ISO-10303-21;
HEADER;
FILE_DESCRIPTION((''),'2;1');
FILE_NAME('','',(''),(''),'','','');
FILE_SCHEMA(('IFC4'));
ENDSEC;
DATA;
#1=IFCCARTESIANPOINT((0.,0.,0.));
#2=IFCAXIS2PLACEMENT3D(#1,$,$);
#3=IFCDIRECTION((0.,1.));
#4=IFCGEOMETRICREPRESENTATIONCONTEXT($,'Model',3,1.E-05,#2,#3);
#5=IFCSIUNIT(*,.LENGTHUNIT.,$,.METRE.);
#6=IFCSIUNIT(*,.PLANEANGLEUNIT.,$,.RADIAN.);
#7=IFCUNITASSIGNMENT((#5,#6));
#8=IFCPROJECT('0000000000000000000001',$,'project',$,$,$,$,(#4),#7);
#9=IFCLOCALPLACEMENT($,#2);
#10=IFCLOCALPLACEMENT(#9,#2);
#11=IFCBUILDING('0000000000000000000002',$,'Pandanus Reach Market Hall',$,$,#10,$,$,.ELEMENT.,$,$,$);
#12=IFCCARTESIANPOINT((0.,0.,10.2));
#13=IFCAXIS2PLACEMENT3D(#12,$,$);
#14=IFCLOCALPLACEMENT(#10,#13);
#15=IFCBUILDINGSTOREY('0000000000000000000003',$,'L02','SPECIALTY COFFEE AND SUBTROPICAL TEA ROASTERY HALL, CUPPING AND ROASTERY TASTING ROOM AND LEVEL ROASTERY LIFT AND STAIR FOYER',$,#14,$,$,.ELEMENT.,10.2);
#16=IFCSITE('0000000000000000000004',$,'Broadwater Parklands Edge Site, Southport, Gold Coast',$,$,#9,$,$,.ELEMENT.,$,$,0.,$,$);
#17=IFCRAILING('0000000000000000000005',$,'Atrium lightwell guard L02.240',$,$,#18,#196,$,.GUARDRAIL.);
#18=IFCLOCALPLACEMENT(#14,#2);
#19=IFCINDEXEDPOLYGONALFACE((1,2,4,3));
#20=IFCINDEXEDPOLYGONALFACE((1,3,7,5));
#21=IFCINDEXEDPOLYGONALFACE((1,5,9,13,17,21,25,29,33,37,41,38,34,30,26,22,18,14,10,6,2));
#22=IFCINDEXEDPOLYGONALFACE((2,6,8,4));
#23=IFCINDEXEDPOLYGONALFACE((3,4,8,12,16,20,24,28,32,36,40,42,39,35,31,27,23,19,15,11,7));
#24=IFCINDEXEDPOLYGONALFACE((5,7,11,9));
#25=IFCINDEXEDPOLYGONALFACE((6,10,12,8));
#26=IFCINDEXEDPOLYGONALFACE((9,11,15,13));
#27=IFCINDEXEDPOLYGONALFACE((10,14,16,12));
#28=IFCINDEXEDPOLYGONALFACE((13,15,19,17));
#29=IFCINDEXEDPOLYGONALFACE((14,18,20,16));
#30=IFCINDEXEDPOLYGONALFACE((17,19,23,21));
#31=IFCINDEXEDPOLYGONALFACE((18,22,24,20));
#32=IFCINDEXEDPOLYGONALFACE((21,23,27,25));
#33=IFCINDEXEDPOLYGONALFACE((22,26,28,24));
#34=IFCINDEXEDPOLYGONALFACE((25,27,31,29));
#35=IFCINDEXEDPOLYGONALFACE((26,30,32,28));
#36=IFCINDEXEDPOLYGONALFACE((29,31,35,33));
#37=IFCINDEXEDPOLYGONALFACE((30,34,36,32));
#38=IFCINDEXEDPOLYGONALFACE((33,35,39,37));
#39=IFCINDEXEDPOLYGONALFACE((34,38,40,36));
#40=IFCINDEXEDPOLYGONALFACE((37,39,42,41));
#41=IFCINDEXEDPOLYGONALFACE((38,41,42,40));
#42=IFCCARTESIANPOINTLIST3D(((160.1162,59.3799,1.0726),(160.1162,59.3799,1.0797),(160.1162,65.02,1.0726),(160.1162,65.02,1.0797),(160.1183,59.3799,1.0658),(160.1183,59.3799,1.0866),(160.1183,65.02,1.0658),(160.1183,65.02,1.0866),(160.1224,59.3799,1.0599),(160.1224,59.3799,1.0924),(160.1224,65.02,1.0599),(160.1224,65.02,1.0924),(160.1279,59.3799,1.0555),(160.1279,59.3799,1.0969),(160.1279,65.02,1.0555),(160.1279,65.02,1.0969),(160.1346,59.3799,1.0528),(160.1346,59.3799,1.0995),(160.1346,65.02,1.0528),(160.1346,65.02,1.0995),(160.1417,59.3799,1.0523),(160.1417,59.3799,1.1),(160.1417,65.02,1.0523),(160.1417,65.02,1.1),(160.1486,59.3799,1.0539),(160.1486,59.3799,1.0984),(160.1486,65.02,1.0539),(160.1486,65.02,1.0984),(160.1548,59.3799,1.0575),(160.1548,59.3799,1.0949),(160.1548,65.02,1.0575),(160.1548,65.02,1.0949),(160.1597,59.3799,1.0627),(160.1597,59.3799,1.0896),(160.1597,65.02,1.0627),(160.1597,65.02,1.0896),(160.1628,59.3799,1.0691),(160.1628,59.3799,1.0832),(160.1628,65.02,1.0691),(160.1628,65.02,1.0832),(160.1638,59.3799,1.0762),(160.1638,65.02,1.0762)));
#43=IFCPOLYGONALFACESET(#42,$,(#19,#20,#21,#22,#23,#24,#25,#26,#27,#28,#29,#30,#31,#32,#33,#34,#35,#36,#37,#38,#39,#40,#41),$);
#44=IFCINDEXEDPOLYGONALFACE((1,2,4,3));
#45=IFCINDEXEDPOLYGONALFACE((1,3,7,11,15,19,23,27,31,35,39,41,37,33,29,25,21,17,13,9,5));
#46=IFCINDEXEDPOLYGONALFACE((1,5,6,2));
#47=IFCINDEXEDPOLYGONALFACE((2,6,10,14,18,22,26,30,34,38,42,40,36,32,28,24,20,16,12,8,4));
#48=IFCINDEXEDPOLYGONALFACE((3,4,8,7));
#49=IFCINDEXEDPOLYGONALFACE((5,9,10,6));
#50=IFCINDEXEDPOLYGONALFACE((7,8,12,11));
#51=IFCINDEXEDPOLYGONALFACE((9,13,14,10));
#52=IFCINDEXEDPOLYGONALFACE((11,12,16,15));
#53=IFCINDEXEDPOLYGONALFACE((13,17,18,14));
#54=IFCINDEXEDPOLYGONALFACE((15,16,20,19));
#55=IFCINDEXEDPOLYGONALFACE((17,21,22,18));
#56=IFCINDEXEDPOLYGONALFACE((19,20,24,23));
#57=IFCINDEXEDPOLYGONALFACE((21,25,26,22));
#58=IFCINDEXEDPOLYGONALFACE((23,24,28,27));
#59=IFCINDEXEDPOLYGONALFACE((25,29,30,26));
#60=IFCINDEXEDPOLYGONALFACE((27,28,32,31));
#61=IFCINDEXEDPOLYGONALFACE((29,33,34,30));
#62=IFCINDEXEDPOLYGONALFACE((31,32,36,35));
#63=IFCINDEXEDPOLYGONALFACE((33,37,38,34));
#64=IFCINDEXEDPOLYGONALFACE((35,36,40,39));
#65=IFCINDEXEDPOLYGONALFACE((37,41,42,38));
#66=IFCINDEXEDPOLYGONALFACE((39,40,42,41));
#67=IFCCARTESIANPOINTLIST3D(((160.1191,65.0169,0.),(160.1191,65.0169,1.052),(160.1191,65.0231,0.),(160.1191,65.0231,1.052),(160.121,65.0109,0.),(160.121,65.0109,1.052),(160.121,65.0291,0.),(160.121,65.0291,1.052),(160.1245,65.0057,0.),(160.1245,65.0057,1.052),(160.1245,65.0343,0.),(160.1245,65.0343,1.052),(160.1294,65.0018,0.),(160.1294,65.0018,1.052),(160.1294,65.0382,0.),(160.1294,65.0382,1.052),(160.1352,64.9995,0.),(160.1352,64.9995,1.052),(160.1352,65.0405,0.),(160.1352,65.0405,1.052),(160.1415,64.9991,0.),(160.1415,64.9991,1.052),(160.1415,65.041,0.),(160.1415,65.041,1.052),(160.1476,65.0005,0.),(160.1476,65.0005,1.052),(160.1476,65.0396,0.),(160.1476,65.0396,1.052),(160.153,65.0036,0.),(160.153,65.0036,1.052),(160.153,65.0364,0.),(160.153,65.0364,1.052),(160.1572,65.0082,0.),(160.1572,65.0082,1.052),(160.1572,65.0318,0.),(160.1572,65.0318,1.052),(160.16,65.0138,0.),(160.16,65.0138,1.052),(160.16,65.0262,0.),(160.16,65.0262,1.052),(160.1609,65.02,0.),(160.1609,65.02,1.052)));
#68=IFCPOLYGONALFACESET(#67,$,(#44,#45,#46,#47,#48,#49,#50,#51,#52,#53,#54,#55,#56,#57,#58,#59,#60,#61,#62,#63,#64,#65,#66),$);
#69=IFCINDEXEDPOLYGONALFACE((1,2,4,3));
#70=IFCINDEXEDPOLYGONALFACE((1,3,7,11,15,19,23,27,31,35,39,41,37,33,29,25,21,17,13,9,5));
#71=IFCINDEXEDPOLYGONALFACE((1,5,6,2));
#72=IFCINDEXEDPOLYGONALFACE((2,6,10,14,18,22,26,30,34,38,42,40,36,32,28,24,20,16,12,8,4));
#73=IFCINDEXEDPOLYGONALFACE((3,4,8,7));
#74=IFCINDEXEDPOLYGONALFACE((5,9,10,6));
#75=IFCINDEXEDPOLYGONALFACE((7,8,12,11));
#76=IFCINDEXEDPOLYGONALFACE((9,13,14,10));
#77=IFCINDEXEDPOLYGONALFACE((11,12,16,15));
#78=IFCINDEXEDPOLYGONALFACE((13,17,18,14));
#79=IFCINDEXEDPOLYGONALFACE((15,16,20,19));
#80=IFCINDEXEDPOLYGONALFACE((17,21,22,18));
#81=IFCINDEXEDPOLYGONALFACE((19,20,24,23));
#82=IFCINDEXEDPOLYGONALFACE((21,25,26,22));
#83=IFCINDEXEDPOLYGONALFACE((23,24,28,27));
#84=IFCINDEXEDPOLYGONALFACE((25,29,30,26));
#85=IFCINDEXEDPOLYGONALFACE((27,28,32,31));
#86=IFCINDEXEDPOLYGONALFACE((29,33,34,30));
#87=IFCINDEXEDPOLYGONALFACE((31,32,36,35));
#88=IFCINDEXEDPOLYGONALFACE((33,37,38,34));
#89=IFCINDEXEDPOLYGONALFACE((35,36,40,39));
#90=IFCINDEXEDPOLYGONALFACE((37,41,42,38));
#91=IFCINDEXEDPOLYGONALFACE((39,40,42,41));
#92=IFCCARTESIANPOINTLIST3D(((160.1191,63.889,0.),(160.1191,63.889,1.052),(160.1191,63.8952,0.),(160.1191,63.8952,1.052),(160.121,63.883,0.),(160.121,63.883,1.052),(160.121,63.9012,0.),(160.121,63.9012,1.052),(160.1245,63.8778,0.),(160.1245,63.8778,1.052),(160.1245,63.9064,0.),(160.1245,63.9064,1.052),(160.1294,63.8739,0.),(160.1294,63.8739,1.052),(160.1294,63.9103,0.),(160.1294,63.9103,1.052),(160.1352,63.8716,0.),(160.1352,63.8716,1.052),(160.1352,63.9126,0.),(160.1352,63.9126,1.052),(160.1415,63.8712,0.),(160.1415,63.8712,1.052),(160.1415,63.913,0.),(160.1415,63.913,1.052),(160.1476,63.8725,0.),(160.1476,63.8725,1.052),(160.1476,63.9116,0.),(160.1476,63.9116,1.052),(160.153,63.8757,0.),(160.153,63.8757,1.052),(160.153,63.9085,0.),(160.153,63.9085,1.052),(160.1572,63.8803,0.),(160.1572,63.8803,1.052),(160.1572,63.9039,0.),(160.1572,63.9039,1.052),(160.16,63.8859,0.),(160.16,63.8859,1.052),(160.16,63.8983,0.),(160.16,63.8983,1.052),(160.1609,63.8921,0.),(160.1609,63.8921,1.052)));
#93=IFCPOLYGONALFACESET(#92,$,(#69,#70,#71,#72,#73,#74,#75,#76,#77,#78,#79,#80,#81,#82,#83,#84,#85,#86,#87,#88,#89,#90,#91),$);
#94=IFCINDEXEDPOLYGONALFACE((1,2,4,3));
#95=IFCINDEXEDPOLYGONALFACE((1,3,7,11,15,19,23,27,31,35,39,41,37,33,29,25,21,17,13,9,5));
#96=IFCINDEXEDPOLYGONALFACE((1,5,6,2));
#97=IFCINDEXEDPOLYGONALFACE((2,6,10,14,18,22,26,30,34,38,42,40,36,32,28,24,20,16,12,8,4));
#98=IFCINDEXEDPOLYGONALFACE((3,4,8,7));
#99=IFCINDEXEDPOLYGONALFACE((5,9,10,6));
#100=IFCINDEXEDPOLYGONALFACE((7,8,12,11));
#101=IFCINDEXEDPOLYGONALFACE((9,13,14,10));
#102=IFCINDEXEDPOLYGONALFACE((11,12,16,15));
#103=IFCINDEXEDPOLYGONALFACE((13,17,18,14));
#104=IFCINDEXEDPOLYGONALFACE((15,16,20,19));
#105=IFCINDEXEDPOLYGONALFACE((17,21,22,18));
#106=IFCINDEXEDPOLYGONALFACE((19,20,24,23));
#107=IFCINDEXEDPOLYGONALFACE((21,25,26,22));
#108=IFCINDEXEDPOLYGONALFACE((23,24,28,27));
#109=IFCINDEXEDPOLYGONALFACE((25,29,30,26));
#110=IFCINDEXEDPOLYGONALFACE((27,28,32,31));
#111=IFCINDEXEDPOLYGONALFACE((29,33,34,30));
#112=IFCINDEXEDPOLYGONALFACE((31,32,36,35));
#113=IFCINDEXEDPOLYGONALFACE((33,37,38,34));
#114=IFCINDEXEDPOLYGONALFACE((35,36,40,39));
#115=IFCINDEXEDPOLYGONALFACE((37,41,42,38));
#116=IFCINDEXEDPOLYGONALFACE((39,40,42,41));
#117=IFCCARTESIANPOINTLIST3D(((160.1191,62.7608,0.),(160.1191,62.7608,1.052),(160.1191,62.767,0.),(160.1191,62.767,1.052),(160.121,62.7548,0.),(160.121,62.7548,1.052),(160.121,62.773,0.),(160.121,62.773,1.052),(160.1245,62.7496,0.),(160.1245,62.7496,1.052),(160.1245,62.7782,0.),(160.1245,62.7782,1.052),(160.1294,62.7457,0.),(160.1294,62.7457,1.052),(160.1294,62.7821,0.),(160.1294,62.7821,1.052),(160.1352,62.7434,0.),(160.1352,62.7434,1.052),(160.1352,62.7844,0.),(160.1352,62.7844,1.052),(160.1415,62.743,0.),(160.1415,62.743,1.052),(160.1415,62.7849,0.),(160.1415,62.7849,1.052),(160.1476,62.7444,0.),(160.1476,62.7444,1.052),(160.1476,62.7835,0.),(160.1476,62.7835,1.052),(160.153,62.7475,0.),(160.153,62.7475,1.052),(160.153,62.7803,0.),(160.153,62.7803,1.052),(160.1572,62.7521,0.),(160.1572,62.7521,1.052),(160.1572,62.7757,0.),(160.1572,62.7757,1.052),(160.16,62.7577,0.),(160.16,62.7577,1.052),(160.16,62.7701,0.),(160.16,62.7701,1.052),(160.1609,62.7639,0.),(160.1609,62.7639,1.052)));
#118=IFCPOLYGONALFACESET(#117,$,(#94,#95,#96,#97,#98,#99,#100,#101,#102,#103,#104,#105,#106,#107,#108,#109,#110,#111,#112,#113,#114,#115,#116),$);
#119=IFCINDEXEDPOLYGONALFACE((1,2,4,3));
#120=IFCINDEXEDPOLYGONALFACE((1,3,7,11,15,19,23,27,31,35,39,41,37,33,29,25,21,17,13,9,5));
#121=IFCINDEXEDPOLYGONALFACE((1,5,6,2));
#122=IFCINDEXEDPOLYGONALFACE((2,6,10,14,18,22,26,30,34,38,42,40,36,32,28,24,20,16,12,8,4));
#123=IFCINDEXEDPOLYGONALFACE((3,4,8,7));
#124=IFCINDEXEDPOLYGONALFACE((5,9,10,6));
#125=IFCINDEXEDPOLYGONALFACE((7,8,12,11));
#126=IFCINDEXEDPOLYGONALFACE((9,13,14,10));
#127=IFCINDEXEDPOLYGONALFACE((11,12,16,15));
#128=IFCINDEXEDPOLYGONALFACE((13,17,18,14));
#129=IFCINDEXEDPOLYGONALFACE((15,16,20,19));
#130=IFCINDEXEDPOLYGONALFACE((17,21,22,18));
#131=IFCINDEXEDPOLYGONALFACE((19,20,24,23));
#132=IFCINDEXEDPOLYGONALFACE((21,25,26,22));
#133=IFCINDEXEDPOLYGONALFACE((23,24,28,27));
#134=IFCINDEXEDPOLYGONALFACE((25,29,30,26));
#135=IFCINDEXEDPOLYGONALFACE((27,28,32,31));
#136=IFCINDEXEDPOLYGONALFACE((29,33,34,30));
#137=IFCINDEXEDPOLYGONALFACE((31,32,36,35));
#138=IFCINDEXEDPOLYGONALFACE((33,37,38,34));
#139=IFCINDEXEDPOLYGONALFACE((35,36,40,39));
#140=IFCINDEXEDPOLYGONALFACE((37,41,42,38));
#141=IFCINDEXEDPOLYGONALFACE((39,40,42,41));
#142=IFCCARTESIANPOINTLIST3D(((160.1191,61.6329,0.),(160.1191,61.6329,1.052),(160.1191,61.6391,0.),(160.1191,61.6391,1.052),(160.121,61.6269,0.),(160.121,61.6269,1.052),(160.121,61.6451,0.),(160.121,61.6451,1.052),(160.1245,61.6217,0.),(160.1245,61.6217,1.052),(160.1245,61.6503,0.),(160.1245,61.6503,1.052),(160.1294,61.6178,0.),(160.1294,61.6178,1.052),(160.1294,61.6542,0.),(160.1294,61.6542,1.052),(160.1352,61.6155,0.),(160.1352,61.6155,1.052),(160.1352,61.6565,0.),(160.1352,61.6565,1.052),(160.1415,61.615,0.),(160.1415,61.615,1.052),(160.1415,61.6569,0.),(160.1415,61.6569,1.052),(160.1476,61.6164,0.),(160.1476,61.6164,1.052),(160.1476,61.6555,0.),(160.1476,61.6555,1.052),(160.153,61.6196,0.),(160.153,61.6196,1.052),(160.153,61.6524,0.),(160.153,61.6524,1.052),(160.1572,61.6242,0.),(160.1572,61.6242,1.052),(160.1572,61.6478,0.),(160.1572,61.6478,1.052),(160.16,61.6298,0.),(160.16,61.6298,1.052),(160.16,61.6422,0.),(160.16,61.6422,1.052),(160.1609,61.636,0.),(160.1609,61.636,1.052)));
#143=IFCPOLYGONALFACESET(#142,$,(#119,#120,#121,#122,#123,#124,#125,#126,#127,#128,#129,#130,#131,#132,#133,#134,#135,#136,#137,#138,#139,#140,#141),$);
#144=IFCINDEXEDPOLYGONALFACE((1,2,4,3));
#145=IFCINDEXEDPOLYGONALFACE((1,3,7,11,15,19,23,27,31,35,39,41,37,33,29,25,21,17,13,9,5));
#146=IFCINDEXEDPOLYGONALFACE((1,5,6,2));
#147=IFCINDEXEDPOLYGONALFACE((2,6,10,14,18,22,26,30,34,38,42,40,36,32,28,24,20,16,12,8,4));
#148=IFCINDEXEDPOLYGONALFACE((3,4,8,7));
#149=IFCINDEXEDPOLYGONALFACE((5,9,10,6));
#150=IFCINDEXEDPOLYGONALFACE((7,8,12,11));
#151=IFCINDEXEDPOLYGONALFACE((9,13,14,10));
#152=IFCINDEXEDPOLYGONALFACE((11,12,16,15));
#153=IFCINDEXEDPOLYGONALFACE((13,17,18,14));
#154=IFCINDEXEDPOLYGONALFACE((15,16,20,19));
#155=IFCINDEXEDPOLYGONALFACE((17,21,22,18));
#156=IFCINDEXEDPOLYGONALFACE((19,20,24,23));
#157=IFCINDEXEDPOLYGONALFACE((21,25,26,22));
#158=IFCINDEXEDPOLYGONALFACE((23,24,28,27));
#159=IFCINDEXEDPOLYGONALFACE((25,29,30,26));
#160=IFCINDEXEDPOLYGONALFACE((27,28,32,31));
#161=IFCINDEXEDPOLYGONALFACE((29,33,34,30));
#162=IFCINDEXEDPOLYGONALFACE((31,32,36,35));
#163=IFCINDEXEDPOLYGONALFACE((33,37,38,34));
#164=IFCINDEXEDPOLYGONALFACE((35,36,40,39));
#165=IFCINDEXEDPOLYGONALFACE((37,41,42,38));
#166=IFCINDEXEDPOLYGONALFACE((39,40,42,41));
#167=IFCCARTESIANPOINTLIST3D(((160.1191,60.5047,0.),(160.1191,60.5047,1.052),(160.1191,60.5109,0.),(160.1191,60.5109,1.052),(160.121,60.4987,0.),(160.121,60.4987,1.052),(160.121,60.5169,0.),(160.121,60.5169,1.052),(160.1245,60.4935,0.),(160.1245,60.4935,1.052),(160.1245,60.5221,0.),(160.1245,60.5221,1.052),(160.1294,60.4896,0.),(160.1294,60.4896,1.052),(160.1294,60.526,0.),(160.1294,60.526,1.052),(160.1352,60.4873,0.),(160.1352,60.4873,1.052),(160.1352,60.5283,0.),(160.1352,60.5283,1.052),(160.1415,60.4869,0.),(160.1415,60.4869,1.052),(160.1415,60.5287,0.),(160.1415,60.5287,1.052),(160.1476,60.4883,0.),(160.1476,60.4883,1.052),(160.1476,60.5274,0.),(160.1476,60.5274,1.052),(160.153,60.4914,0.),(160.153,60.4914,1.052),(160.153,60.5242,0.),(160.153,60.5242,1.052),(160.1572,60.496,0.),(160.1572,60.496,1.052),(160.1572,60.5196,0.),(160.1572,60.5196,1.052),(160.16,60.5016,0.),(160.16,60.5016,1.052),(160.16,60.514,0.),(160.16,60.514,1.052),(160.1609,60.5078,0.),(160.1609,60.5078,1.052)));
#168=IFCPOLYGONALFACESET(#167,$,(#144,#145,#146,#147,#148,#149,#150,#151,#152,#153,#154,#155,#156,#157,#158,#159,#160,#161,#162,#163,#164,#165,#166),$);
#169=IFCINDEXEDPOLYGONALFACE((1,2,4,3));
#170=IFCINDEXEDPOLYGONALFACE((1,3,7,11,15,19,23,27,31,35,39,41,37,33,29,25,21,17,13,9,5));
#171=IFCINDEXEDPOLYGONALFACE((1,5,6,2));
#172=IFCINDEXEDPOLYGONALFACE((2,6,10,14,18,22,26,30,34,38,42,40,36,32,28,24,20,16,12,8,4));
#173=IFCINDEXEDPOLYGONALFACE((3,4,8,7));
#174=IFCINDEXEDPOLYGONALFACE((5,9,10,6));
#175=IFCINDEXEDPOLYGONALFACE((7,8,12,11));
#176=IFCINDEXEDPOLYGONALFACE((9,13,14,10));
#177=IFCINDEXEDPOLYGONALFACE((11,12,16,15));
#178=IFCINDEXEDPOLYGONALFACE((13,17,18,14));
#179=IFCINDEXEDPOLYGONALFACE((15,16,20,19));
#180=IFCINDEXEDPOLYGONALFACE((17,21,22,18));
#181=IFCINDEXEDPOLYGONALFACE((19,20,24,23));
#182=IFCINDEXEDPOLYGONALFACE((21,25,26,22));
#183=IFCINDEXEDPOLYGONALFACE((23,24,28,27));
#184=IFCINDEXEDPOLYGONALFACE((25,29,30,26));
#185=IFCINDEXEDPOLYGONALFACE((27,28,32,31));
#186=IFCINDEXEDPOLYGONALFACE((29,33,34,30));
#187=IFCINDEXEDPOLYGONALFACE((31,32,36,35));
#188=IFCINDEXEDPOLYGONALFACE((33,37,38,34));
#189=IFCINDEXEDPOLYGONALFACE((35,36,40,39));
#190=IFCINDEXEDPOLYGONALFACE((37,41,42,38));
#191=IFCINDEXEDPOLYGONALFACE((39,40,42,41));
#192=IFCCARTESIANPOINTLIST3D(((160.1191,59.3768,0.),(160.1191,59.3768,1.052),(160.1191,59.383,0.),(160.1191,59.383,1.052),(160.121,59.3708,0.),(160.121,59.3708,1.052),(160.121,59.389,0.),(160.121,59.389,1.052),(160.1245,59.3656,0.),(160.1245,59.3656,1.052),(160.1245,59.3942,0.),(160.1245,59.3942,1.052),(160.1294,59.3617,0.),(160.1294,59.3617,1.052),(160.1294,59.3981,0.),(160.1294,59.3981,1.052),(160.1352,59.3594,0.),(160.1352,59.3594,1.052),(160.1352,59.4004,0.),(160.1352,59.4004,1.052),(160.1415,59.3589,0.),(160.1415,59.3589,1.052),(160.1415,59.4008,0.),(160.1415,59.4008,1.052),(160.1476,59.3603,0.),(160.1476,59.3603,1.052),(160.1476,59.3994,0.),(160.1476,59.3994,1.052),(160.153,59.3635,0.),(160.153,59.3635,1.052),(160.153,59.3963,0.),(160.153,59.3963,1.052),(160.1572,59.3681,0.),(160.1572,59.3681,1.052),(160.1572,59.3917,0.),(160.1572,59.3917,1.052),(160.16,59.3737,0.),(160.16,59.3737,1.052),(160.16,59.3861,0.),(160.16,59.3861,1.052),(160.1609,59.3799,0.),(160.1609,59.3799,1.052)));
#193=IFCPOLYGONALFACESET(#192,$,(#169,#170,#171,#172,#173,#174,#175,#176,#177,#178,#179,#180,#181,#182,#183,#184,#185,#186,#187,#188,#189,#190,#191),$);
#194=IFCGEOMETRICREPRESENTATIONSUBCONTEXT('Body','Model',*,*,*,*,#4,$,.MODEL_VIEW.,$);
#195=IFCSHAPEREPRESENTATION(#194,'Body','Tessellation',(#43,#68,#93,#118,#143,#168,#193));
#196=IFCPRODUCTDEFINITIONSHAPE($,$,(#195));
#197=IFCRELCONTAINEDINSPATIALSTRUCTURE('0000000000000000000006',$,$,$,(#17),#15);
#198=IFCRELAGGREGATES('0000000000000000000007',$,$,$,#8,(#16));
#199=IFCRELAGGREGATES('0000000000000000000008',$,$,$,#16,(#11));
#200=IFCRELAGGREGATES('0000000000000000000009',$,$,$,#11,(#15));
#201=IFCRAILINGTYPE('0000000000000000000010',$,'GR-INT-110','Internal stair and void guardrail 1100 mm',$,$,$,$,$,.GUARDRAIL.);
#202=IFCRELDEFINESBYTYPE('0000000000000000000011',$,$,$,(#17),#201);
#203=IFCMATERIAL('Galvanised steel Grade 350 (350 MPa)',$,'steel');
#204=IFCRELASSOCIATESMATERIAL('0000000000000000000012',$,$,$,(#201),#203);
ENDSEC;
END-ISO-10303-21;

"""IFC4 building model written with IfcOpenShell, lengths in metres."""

from ifc_helpers import new_model, si_unit, direction, frame, origin, origin_2d, place, context, subcontext, project, spatial, circle, extrude, material, type_object, element, save


model = new_model("IFC4")

# Units and contexts
model_context = context("Model", 3, precision=1e-05, world=origin(), true_north=direction((0.0, 1.0)))
body_context = subcontext(model_context, "Body", "Model", "MODEL_VIEW")
ifc_project = project(units=[si_unit("LENGTHUNIT", "METRE"), si_unit("PLANEANGLEUNIT", "RADIAN")], contexts=[model_context])

# Site, building, storey
site_placement = place(None, origin())
site = spatial("IfcSite", under=ifc_project, at=site_placement, Name="Broadwater Parklands Edge Site, Southport, Gold Coast", CompositionType="ELEMENT", RefElevation=0.0)
building_placement = place(site_placement, origin())
building = spatial("IfcBuilding", under=site, at=building_placement, Name="Pandanus Reach Market Hall", CompositionType="ELEMENT")
storey_placement = place(building_placement, frame((0.0, 0.0, 10.2)))
storey = spatial("IfcBuildingStorey", under=building, at=storey_placement, Name="L02", Description="SPECIALTY COFFEE AND SUBTROPICAL TEA ROASTERY HALL, CUPPING AND ROASTERY TASTING ROOM AND LEVEL ROASTERY LIFT AND STAIR FOYER", CompositionType="ELEMENT", Elevation=10.2)

# Railing
ifc_material_1 = material(Name="Galvanised steel Grade 350 (350 MPa)", Category="steel")
railing_type_1 = type_object("IfcRailingType", Name="GR-INT-110", Description="Internal stair and void guardrail 1100 mm", PredefinedType="GUARDRAIL", material=ifc_material_1)
railing_1_placement = place(storey_placement, frame((160.1399, 65.02, 0.0)))
element("IfcRailing", 1, at=railing_1_placement, inside=storey, type_object=railing_type_1, Name="Atrium lightwell guard L02.240", PredefinedType="GUARDRAIL", context=body_context, shape_type="SweptSolid", body=[
    extrude(circle(Radius=0.0239, at=origin_2d()), frame((0.0, 0.0, 1.0762), z_axis=(0.0, -1.0, 0.0), x_axis=(1.0, 0.0, 0.0)), (0.0, 0.0, 1.0), 5.6401),
    extrude(circle(Radius=0.021, at=origin_2d()), origin(), (0.0, 0.0, 1.0), 1.052),
    extrude(circle(Radius=0.021, at=origin_2d()), frame((0.0, -1.1279, 0.0)), (0.0, 0.0, 1.0), 1.052),
    extrude(circle(Radius=0.021, at=origin_2d()), frame((0.0, -2.2561, 0.0)), (0.0, 0.0, 1.0), 1.052),
    extrude(circle(Radius=0.021, at=origin_2d()), frame((0.0, -3.384, 0.0)), (0.0, 0.0, 1.0), 1.052),
    extrude(circle(Radius=0.021, at=origin_2d()), frame((0.0, -4.5122, 0.0)), (0.0, 0.0, 1.0), 1.052),
    extrude(circle(Radius=0.021, at=origin_2d()), frame((0.0, -5.6401, 0.0)), (0.0, 0.0, 1.0), 1.052),
])

save(model, "model.ifc")
